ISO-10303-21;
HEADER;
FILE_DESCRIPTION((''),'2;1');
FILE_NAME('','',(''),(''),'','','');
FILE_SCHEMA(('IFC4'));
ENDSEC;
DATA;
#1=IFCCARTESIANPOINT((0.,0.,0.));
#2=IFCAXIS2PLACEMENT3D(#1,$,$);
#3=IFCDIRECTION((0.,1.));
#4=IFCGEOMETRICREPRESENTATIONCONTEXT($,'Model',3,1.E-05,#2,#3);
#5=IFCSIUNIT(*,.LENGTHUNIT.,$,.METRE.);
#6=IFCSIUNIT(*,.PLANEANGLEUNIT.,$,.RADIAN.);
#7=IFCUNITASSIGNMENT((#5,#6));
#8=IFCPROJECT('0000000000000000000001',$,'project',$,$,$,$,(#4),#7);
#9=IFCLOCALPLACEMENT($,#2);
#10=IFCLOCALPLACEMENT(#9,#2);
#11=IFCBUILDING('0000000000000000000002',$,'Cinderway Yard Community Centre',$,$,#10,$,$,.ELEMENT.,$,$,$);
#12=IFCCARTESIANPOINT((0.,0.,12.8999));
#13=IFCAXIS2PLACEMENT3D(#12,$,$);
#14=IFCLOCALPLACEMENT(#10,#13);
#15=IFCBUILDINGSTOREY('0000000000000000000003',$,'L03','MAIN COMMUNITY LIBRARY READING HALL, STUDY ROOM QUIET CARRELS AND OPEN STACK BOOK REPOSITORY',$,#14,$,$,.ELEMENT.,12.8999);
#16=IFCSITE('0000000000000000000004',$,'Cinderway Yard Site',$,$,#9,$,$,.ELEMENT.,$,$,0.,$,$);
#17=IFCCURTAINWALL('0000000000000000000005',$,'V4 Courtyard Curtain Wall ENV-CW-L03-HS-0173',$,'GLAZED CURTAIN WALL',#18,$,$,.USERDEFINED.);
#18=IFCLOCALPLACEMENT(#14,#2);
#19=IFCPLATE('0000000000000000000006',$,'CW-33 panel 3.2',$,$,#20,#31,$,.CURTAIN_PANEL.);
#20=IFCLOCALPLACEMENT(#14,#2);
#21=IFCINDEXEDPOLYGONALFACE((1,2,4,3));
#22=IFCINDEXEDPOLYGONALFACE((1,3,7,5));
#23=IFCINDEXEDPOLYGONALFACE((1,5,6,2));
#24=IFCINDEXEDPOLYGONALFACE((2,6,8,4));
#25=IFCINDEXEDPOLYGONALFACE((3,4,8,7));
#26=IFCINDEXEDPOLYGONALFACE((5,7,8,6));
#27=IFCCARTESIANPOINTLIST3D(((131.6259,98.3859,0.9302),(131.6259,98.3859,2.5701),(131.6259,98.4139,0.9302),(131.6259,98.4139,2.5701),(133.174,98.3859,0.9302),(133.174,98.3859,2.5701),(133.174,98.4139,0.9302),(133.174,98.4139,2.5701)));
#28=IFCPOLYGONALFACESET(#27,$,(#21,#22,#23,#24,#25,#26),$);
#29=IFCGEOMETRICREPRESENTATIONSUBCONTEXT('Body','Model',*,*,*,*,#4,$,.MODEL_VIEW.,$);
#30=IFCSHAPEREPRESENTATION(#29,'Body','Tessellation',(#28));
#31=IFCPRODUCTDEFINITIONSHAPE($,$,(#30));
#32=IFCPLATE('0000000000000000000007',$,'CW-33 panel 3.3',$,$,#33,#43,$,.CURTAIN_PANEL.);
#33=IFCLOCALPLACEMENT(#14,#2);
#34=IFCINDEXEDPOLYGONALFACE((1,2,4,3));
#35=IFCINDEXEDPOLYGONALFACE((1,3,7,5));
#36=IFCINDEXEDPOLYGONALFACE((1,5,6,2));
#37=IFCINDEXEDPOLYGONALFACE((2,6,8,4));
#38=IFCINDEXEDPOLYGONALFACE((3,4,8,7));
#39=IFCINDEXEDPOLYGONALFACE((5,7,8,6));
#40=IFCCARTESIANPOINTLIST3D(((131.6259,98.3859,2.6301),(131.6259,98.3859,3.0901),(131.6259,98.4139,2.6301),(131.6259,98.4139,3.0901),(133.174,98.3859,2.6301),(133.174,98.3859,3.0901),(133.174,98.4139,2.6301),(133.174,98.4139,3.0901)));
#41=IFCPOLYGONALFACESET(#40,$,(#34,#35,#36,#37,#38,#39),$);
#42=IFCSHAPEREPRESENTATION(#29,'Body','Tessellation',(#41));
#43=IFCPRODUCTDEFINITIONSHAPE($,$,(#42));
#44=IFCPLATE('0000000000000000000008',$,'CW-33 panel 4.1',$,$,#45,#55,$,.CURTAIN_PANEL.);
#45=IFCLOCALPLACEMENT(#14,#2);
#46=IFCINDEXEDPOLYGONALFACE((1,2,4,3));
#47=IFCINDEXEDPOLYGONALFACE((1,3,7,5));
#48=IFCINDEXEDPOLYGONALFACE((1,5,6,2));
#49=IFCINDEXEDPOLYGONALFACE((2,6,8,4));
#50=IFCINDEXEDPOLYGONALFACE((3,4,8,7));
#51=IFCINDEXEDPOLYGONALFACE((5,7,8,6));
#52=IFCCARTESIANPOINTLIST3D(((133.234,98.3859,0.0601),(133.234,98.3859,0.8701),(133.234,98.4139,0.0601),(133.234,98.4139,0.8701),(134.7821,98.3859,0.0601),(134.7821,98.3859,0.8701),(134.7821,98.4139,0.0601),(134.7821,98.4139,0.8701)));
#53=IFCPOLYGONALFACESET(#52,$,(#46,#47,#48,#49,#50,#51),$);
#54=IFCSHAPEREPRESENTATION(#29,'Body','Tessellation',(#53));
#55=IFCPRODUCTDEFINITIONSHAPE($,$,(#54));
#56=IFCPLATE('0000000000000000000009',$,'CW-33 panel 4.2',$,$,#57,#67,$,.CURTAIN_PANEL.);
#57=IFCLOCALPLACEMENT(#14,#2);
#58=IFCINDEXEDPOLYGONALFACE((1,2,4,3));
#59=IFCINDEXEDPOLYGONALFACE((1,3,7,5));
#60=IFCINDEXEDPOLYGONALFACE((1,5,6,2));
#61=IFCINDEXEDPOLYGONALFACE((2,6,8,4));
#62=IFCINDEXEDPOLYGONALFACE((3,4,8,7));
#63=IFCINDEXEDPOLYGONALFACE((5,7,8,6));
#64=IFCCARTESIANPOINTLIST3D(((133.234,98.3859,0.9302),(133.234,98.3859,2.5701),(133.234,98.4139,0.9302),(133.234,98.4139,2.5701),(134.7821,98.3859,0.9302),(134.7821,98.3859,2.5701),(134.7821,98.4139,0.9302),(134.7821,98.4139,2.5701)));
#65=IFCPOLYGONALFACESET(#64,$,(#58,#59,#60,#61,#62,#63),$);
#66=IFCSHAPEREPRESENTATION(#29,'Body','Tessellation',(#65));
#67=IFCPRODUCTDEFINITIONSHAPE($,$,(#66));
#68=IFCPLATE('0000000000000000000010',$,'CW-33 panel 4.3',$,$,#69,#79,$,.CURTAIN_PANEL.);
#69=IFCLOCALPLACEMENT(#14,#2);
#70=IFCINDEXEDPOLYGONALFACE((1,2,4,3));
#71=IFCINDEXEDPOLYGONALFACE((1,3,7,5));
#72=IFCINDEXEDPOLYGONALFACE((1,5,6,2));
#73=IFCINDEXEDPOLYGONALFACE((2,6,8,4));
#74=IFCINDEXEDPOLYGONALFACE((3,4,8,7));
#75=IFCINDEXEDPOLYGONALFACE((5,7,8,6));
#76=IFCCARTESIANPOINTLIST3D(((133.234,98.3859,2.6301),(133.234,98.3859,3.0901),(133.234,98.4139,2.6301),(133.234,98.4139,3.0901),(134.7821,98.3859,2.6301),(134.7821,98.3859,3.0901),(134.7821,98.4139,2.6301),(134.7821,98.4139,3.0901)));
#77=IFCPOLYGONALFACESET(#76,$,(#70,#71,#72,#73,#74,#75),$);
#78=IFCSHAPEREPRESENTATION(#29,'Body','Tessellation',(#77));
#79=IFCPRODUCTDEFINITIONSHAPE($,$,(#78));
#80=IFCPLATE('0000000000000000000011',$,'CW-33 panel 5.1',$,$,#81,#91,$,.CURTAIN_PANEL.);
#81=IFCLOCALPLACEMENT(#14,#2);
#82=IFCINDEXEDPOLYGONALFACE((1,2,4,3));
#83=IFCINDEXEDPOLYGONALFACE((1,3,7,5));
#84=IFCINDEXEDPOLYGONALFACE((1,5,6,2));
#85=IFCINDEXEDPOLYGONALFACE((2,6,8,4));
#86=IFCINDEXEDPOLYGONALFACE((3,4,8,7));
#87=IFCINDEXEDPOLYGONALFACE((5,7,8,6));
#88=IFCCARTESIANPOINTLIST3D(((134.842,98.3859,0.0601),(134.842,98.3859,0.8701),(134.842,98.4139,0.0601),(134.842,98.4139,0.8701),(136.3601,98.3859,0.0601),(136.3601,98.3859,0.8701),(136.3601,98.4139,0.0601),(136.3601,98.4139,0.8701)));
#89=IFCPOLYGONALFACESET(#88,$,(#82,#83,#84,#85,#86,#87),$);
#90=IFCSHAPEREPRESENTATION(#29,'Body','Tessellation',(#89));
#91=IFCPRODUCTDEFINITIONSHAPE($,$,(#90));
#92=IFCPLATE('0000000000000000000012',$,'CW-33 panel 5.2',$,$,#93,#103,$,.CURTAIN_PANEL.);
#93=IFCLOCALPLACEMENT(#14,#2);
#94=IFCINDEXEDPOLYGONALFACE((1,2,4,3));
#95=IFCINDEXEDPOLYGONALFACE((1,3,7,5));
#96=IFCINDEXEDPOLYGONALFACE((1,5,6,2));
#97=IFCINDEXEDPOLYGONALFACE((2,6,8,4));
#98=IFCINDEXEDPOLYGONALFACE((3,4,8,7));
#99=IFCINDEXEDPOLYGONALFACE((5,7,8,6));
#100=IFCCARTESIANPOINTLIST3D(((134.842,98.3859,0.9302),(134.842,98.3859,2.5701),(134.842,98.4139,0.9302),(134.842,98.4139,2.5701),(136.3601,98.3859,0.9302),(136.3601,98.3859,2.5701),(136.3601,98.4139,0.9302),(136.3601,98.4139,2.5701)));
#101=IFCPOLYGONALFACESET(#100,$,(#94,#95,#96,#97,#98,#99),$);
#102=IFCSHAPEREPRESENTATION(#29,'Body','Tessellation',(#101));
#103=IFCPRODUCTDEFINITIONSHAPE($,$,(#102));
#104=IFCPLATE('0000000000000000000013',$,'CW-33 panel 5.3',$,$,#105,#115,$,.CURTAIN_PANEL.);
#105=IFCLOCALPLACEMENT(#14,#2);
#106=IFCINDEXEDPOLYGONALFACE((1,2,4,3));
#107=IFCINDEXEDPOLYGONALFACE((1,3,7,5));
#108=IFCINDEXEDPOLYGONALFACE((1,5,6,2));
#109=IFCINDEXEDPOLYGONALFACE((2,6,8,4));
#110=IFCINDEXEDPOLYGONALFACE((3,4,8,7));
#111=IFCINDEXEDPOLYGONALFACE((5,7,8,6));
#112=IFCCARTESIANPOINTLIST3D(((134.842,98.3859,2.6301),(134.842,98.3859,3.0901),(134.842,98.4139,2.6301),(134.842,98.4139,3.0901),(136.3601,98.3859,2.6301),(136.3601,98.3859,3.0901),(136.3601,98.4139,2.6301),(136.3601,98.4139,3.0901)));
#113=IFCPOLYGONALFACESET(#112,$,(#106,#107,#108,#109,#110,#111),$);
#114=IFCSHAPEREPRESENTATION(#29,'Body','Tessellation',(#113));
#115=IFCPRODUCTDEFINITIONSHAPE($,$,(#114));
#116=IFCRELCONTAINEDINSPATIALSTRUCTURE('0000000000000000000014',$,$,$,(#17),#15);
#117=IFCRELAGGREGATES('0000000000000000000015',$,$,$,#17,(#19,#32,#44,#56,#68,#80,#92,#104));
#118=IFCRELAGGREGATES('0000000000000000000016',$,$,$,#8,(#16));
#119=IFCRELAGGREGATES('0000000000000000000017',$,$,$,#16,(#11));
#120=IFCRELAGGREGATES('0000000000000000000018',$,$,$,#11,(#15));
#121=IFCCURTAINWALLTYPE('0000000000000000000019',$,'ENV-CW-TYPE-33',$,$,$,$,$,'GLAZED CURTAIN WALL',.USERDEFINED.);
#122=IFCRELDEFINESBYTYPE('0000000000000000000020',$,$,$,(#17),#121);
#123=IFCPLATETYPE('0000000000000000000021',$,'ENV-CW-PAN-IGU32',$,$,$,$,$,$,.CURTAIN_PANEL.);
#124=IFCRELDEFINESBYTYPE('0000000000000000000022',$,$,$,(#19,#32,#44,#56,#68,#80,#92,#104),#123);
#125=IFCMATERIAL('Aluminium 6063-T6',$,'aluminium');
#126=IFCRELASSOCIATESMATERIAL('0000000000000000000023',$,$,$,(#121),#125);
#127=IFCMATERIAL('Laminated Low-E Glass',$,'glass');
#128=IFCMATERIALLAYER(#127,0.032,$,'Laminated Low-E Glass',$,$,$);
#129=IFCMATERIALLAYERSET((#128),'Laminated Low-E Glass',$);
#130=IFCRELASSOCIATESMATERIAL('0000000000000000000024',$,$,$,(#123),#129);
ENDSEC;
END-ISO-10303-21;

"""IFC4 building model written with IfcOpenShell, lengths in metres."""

from ifc_helpers import new_model, si_unit, direction, frame, origin, origin_2d, place, context, subcontext, project, spatial, rectangle, extrude, material, layer, layer_set, type_object, element, aggregate, save


model = new_model("IFC4")

# Units and contexts
model_context = context("Model", 3, precision=1e-05, world=origin(), true_north=direction((0.0, 1.0)))
body_context = subcontext(model_context, "Body", "Model", "MODEL_VIEW")
ifc_project = project(units=[si_unit("LENGTHUNIT", "METRE"), si_unit("PLANEANGLEUNIT", "RADIAN")], contexts=[model_context])

# Site, building, storey
site_placement = place(None, origin())
site = spatial("IfcSite", under=ifc_project, at=site_placement, Name="Cinderway Yard Site", CompositionType="ELEMENT", RefElevation=0.0)
building_placement = place(site_placement, origin())
building = spatial("IfcBuilding", under=site, at=building_placement, Name="Cinderway Yard Community Centre", CompositionType="ELEMENT")
storey_placement = place(building_placement, frame((0.0, 0.0, 12.8999)))
storey = spatial("IfcBuildingStorey", under=building, at=storey_placement, Name="L03", Description="MAIN COMMUNITY LIBRARY READING HALL, STUDY ROOM QUIET CARRELS AND OPEN STACK BOOK REPOSITORY", CompositionType="ELEMENT", Elevation=12.8999)

# Curtain wall, plates
ifc_material_1 = material(Name="Aluminium 6063-T6", Category="aluminium")
curtain_wall_type = type_object("IfcCurtainWallType", Name="ENV-CW-TYPE-33", ElementType="GLAZED CURTAIN WALL", PredefinedType="USERDEFINED", material=ifc_material_1)
curtain_wall_placement = place(storey_placement, origin())
curtain_wall = element("IfcCurtainWall", 1, at=curtain_wall_placement, inside=storey, type_object=curtain_wall_type, Name="V4 Courtyard Curtain Wall ENV-CW-L03-HS-0173", ObjectType="GLAZED CURTAIN WALL", PredefinedType="USERDEFINED")
ifc_material_2 = material(Name="Laminated Low-E Glass", Category="glass")
ifc_layer = layer(ifc_material_2, 0.032, Name="Laminated Low-E Glass")
ifc_layer_set = layer_set([ifc_layer], Name="Laminated Low-E Glass")
plate_type = type_object("IfcPlateType", Name="ENV-CW-PAN-IGU32", PredefinedType="CURTAIN_PANEL", material=ifc_layer_set)
plate_1_placement = place(storey_placement, frame((132.3999, 98.3999, 0.9302), z_axis=(0.0, 0.0, 1.0), x_axis=(1.0, 0.0, 0.0)))
plate_1 = element("IfcPlate", 2, at=plate_1_placement, type_object=plate_type, Name="CW-33 panel 3.2", PredefinedType="CURTAIN_PANEL", context=body_context, shape_type="SweptSolid", body=[
    extrude(rectangle(XDim=1.5481, YDim=0.0281, at=origin_2d()), origin(), (0.0, 0.0, 1.0), 1.6399),
])
plate_2_placement = place(storey_placement, frame((132.3999, 98.3999, 2.6301), z_axis=(0.0, 0.0, 1.0), x_axis=(1.0, 0.0, 0.0)))
plate_2 = element("IfcPlate", 3, at=plate_2_placement, type_object=plate_type, Name="CW-33 panel 3.3", PredefinedType="CURTAIN_PANEL", context=body_context, shape_type="SweptSolid", body=[
    extrude(rectangle(XDim=1.5481, YDim=0.0281, at=origin_2d()), origin(), (0.0, 0.0, 1.0), 0.46),
])
plate_3_placement = place(storey_placement, frame((134.0081, 98.3999, 0.0601), z_axis=(0.0, 0.0, 1.0), x_axis=(1.0, 0.0, 0.0)))
plate_3 = element("IfcPlate", 4, at=plate_3_placement, type_object=plate_type, Name="CW-33 panel 4.1", PredefinedType="CURTAIN_PANEL", context=body_context, shape_type="SweptSolid", body=[
    extrude(rectangle(XDim=1.5481, YDim=0.0281, at=origin_2d()), origin(), (0.0, 0.0, 1.0), 0.8101),
])
plate_4_placement = place(storey_placement, frame((134.0081, 98.3999, 0.9302), z_axis=(0.0, 0.0, 1.0), x_axis=(1.0, 0.0, 0.0)))
plate_4 = element("IfcPlate", 5, at=plate_4_placement, type_object=plate_type, Name="CW-33 panel 4.2", PredefinedType="CURTAIN_PANEL", context=body_context, shape_type="SweptSolid", body=[
    extrude(rectangle(XDim=1.5481, YDim=0.0281, at=origin_2d()), origin(), (0.0, 0.0, 1.0), 1.6399),
])
plate_5_placement = place(storey_placement, frame((134.0081, 98.3999, 2.6301), z_axis=(0.0, 0.0, 1.0), x_axis=(1.0, 0.0, 0.0)))
plate_5 = element("IfcPlate", 6, at=plate_5_placement, type_object=plate_type, Name="CW-33 panel 4.3", PredefinedType="CURTAIN_PANEL", context=body_context, shape_type="SweptSolid", body=[
    extrude(rectangle(XDim=1.5481, YDim=0.0281, at=origin_2d()), origin(), (0.0, 0.0, 1.0), 0.46),
])
plate_6_placement = place(storey_placement, frame((135.6011, 98.3999, 0.0601), z_axis=(0.0, 0.0, 1.0), x_axis=(1.0, 0.0, 0.0)))
plate_6 = element("IfcPlate", 7, at=plate_6_placement, type_object=plate_type, Name="CW-33 panel 5.1", PredefinedType="CURTAIN_PANEL", context=body_context, shape_type="SweptSolid", body=[
    extrude(rectangle(XDim=1.5181, YDim=0.0281, at=origin_2d()), origin(), (0.0, 0.0, 1.0), 0.8101),
])
plate_7_placement = place(storey_placement, frame((135.6011, 98.3999, 0.9302), z_axis=(0.0, 0.0, 1.0), x_axis=(1.0, 0.0, 0.0)))
plate_7 = element("IfcPlate", 8, at=plate_7_placement, type_object=plate_type, Name="CW-33 panel 5.2", PredefinedType="CURTAIN_PANEL", context=body_context, shape_type="SweptSolid", body=[
    extrude(rectangle(XDim=1.5181, YDim=0.0281, at=origin_2d()), origin(), (0.0, 0.0, 1.0), 1.6399),
])
plate_8_placement = place(storey_placement, frame((135.6011, 98.3999, 2.6301), z_axis=(0.0, 0.0, 1.0), x_axis=(1.0, 0.0, 0.0)))
plate_8 = element("IfcPlate", 9, at=plate_8_placement, type_object=plate_type, Name="CW-33 panel 5.3", PredefinedType="CURTAIN_PANEL", context=body_context, shape_type="SweptSolid", body=[
    extrude(rectangle(XDim=1.5181, YDim=0.0281, at=origin_2d()), origin(), (0.0, 0.0, 1.0), 0.46),
])
aggregate(curtain_wall, [plate_1, plate_2, plate_3, plate_4, plate_5, plate_6, plate_7, plate_8])

save(model, "model.ifc")
